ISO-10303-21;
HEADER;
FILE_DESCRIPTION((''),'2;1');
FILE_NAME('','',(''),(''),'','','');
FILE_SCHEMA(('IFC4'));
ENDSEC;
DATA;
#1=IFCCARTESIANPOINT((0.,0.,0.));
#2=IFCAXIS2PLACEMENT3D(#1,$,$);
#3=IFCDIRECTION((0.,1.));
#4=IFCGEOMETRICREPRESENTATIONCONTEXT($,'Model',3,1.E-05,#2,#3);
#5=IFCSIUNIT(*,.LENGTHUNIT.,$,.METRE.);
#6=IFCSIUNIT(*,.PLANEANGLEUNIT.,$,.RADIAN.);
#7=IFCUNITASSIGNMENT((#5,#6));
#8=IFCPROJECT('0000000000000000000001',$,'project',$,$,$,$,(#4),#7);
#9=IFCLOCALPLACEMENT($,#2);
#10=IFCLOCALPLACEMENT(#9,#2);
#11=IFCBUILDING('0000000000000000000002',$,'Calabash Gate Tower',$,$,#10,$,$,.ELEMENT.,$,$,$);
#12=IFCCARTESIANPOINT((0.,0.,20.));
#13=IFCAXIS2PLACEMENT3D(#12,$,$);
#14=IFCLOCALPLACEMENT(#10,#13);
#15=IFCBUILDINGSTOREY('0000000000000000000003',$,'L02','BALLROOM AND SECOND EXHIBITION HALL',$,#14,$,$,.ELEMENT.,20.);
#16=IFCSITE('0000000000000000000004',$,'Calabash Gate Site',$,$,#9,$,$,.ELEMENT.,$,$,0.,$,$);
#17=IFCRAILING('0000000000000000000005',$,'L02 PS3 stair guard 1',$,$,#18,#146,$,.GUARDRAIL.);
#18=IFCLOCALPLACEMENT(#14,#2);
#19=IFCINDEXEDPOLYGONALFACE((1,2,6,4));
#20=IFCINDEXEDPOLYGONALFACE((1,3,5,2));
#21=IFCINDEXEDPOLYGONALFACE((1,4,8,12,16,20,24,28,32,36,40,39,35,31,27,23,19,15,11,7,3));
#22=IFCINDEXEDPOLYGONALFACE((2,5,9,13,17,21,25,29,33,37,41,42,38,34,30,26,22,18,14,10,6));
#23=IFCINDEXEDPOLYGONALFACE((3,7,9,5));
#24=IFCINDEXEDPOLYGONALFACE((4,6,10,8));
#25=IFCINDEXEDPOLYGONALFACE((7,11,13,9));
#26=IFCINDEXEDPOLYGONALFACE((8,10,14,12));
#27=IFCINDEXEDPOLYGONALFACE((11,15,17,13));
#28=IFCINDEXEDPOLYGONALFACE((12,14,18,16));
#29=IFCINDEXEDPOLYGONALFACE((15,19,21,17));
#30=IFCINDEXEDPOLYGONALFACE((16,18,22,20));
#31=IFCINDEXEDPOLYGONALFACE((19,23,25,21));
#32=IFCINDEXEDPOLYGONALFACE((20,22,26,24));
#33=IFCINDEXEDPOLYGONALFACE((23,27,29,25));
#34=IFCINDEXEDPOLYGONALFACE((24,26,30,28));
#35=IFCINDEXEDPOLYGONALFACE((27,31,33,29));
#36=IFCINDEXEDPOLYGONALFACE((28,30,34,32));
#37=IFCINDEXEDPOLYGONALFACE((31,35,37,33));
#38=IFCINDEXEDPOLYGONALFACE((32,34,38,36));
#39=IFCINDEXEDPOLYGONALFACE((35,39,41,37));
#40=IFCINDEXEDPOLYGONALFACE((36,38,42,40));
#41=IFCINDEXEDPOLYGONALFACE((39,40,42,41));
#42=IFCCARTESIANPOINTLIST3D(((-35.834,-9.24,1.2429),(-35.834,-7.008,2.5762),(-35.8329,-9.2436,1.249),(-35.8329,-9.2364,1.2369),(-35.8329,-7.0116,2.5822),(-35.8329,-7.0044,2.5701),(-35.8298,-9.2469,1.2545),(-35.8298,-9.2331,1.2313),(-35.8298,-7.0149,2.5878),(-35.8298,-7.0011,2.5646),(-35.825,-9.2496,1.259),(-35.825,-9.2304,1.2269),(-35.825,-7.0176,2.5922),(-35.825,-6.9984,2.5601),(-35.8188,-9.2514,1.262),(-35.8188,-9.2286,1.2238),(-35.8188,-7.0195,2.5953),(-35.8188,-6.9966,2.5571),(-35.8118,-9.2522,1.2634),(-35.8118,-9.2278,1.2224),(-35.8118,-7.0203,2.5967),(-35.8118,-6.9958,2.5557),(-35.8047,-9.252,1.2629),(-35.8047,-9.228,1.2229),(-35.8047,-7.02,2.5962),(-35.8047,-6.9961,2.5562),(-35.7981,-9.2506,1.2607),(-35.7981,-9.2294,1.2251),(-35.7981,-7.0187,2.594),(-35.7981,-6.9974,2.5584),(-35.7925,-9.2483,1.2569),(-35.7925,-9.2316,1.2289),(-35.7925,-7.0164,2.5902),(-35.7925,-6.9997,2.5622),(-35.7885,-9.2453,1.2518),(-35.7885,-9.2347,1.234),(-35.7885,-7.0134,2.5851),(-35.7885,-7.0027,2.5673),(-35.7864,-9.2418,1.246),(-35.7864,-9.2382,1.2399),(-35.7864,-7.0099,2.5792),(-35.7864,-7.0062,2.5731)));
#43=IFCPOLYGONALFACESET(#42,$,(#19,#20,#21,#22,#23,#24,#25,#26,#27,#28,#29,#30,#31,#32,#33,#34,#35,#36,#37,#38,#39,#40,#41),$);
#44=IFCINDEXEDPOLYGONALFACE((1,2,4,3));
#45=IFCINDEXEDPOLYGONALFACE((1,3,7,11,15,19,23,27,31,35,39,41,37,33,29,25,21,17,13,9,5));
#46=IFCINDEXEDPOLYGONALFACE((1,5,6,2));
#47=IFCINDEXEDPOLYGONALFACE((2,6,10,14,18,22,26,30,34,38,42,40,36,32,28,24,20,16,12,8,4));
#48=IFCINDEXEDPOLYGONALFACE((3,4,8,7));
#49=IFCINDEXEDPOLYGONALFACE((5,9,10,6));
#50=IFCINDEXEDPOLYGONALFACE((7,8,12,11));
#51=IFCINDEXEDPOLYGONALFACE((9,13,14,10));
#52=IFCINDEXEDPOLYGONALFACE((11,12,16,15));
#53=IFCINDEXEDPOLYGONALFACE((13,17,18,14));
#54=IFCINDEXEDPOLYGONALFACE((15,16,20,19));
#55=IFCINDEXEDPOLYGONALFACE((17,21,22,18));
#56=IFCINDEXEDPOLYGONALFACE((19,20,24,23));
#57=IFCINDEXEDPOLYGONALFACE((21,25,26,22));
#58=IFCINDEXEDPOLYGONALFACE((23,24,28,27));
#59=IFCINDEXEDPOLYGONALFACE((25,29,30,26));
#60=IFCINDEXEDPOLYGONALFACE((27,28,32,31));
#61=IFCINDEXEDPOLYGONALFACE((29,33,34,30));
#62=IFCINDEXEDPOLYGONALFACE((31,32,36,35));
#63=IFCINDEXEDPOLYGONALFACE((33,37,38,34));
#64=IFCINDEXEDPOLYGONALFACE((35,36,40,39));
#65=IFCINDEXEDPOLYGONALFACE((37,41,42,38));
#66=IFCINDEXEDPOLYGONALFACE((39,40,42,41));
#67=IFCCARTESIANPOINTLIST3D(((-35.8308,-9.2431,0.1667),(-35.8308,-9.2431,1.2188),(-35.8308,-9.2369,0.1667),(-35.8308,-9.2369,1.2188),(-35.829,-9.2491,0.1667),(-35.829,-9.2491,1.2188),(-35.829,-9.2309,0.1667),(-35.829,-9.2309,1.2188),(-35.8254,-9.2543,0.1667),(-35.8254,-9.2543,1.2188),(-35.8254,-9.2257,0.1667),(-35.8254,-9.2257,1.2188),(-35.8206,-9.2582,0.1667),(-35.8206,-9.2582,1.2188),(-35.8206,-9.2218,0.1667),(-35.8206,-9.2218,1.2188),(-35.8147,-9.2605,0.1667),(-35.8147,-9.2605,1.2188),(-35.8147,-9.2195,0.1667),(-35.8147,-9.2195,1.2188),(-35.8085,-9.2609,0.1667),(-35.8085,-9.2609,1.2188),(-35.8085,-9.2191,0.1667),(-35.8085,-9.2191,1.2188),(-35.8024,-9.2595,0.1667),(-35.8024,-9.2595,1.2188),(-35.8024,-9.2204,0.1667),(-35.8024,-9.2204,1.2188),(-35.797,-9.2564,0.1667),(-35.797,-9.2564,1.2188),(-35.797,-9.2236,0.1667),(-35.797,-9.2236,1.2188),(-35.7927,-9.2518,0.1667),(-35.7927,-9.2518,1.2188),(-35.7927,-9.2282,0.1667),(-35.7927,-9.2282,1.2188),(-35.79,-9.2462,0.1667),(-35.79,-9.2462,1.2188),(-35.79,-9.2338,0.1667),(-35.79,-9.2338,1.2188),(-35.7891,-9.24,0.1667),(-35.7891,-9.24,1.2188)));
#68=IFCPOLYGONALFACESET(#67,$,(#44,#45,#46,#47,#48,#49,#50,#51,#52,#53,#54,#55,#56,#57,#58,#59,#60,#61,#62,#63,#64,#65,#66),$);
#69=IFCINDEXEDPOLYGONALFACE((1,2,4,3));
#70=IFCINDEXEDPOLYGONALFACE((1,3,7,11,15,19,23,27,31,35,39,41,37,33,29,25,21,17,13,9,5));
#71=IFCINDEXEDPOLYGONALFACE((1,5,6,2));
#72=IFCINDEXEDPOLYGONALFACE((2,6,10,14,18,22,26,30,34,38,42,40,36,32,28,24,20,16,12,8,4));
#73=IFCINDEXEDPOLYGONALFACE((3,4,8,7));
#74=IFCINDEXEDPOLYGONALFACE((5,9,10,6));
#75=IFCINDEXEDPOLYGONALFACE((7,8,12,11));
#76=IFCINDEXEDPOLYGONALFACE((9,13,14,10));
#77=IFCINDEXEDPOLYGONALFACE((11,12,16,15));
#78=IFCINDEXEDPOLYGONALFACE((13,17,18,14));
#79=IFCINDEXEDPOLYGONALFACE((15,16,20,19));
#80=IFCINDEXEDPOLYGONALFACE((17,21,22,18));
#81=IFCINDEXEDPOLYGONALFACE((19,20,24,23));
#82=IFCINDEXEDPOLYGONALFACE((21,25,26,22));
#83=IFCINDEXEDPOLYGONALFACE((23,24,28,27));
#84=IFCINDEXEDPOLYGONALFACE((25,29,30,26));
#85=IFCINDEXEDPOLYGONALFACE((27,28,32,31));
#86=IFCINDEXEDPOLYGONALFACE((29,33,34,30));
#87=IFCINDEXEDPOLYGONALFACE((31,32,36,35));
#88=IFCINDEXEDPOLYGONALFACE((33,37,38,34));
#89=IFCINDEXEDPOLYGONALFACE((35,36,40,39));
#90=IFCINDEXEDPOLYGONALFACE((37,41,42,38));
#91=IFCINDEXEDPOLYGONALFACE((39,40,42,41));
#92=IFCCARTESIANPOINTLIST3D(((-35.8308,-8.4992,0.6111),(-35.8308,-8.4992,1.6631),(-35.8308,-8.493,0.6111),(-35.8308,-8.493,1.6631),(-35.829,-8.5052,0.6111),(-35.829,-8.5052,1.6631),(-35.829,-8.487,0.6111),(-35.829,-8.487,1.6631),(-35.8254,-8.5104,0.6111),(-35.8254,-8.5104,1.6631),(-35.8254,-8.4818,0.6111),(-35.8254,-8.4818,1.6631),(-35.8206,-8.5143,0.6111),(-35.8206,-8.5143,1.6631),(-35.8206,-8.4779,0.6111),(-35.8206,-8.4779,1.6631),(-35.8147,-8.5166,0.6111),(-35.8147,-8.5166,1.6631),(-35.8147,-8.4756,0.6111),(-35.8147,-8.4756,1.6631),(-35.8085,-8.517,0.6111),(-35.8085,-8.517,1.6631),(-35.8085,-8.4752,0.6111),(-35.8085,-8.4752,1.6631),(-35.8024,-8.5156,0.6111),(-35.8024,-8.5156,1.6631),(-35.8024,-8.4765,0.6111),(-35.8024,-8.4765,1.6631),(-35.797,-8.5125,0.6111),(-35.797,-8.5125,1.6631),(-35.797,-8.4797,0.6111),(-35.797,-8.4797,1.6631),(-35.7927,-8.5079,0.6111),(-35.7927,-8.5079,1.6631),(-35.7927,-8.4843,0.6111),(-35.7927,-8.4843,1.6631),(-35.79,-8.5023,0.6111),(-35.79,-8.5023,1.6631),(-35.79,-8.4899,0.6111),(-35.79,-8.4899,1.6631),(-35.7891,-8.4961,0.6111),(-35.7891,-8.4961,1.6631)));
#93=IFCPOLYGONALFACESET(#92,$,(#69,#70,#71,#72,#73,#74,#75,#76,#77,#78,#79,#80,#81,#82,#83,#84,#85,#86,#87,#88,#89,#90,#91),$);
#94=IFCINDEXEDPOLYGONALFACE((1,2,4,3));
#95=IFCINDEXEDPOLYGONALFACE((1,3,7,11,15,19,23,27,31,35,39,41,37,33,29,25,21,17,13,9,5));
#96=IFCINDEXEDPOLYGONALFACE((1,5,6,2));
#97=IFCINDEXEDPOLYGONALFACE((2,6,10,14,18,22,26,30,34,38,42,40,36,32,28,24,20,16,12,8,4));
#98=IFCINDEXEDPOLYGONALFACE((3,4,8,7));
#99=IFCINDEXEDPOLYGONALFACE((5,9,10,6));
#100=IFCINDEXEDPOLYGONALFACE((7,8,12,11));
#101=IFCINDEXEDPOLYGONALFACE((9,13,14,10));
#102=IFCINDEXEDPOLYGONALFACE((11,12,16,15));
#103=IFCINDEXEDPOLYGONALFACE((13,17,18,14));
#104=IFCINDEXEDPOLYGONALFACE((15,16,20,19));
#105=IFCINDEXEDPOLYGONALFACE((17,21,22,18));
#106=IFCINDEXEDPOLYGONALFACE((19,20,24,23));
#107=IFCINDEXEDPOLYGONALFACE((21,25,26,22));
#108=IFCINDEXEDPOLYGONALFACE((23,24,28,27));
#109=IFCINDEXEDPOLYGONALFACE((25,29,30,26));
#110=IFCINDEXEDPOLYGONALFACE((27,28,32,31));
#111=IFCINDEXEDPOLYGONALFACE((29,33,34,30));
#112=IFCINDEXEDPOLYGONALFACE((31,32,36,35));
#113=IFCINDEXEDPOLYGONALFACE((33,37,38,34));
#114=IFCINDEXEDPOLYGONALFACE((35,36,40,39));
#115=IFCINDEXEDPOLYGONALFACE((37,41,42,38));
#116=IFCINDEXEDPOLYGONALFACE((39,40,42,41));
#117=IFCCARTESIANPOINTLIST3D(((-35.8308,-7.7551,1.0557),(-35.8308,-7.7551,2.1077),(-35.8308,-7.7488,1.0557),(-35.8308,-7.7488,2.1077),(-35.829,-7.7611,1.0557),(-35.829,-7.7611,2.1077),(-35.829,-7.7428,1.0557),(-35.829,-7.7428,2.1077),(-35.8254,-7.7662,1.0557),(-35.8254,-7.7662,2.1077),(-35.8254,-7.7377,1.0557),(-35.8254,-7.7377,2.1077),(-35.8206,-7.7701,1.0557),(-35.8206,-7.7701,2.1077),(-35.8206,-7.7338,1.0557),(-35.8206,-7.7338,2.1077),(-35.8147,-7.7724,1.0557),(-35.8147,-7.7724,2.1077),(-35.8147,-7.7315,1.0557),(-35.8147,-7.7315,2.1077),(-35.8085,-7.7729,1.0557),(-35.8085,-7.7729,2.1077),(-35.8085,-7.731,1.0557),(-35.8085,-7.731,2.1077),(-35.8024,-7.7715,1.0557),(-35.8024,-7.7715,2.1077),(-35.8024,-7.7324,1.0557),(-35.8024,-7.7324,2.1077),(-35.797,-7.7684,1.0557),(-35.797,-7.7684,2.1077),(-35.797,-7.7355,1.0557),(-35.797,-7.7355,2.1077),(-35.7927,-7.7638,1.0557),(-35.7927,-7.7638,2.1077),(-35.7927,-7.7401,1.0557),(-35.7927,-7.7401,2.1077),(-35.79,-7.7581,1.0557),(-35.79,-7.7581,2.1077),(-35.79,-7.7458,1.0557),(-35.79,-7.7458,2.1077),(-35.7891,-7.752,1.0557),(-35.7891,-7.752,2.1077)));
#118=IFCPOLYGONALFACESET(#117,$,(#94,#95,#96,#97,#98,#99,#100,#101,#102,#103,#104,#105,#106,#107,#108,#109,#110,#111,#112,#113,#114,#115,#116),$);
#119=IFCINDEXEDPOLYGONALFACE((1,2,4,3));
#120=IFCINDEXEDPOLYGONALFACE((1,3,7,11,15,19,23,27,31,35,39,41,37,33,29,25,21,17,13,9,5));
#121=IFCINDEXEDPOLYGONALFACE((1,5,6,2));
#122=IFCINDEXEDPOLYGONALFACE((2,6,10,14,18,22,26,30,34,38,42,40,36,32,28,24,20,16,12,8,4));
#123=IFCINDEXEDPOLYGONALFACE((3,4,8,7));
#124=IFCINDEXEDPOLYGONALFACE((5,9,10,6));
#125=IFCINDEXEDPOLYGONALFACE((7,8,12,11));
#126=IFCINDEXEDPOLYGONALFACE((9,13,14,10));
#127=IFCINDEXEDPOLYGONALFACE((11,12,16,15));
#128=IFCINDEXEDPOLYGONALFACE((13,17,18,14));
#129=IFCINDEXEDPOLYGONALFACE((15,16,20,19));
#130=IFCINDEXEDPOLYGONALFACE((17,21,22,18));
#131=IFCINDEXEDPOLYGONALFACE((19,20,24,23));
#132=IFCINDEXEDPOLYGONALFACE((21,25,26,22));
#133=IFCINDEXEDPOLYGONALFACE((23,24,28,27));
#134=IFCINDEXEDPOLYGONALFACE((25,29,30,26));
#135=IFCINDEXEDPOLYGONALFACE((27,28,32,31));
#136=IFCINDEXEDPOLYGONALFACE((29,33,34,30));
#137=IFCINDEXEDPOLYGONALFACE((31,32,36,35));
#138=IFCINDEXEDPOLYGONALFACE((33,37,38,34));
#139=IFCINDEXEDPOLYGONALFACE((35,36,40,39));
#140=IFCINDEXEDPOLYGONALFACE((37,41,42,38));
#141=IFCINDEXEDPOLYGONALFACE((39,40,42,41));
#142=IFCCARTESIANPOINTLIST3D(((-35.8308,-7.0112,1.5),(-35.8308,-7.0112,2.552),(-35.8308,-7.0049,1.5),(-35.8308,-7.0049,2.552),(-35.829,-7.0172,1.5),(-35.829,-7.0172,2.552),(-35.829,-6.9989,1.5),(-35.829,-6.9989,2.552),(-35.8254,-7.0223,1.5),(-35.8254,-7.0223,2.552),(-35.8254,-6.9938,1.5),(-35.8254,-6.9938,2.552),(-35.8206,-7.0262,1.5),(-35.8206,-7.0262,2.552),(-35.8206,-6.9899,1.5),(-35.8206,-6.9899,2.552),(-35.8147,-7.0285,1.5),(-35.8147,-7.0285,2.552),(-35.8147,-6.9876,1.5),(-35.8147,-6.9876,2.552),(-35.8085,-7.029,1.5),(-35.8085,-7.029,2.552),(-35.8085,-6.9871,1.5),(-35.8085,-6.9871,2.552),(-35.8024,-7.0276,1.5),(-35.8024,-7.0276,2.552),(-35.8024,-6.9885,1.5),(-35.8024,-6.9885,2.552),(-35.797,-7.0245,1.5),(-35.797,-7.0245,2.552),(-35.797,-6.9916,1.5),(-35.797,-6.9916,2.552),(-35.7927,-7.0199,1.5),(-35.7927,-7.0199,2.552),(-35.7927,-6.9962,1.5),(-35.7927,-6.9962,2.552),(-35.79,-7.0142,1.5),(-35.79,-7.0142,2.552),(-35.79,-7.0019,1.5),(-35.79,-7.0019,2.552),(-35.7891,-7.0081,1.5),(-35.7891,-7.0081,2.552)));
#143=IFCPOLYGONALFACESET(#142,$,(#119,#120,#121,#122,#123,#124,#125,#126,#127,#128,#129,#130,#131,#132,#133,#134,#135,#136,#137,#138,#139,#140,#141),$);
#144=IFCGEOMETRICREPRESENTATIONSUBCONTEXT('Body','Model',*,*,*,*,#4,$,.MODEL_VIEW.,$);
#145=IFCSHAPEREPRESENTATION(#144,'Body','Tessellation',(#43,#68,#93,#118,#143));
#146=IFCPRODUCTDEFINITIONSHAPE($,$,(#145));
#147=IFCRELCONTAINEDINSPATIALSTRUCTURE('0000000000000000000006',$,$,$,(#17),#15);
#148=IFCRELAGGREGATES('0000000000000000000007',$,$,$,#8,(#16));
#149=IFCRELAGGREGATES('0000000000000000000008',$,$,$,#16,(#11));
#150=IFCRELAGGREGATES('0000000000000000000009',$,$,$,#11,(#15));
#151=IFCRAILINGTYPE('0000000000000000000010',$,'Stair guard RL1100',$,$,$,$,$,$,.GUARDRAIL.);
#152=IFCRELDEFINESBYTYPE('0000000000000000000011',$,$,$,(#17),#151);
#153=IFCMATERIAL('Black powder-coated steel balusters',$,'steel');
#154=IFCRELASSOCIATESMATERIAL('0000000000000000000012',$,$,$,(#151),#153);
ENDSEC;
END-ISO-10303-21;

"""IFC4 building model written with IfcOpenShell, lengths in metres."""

from ifc_helpers import new_model, si_unit, direction, frame, origin, origin_2d, place, context, subcontext, project, spatial, circle, extrude, material, type_object, element, save


model = new_model("IFC4")

# Units and contexts
model_context = context("Model", 3, precision=1e-05, world=origin(), true_north=direction((0.0, 1.0)))
body_context = subcontext(model_context, "Body", "Model", "MODEL_VIEW")
ifc_project = project(units=[si_unit("LENGTHUNIT", "METRE"), si_unit("PLANEANGLEUNIT", "RADIAN")], contexts=[model_context])

# Site, building, storey
site_placement = place(None, origin())
site = spatial("IfcSite", under=ifc_project, at=site_placement, Name="Calabash Gate Site", CompositionType="ELEMENT", RefElevation=0.0)
building_placement = place(site_placement, origin())
building = spatial("IfcBuilding", under=site, at=building_placement, Name="Calabash Gate Tower", CompositionType="ELEMENT")
storey_placement = place(building_placement, frame((0.0, 0.0, 20.0)))
storey = spatial("IfcBuildingStorey", under=building, at=storey_placement, Name="L02", Description="BALLROOM AND SECOND EXHIBITION HALL", CompositionType="ELEMENT", Elevation=20.0)

# Railing
ifc_material_1 = material(Name="Black powder-coated steel balusters", Category="steel")
railing_type_1 = type_object("IfcRailingType", Name="Stair guard RL1100", PredefinedType="GUARDRAIL", material=ifc_material_1)
for number, where, name in (
    (1, (-35.8101, -9.24, 0.1667), "L02 PS3 stair guard 1"),
):
    element("IfcRailing", number, at=place(storey_placement, frame(where)), inside=storey, type_object=railing_type_1, Name=name, PredefinedType="GUARDRAIL", context=body_context, shape_type="SweptSolid", body=[
        extrude(circle(Radius=0.0239, at=origin_2d()), frame((0.0, 0.0, 1.0762), z_axis=(0.0, 0.858494, 0.512824), x_axis=(-1.0, 0.0, 0.0)), (0.0, 0.0, 1.0), 2.5999),
        extrude(circle(Radius=0.021, at=origin_2d()), origin(), (0.0, 0.0, 1.0), 1.052),
        extrude(circle(Radius=0.021, at=origin_2d()), frame((0.0, 0.7439, 0.4443)), (0.0, 0.0, 1.0), 1.052),
        extrude(circle(Radius=0.021, at=origin_2d()), frame((0.0, 1.488, 0.8889)), (0.0, 0.0, 1.0), 1.052),
        extrude(circle(Radius=0.021, at=origin_2d()), frame((0.0, 2.2319, 1.3333)), (0.0, 0.0, 1.0), 1.052),
    ])

save(model, "model.ifc")
